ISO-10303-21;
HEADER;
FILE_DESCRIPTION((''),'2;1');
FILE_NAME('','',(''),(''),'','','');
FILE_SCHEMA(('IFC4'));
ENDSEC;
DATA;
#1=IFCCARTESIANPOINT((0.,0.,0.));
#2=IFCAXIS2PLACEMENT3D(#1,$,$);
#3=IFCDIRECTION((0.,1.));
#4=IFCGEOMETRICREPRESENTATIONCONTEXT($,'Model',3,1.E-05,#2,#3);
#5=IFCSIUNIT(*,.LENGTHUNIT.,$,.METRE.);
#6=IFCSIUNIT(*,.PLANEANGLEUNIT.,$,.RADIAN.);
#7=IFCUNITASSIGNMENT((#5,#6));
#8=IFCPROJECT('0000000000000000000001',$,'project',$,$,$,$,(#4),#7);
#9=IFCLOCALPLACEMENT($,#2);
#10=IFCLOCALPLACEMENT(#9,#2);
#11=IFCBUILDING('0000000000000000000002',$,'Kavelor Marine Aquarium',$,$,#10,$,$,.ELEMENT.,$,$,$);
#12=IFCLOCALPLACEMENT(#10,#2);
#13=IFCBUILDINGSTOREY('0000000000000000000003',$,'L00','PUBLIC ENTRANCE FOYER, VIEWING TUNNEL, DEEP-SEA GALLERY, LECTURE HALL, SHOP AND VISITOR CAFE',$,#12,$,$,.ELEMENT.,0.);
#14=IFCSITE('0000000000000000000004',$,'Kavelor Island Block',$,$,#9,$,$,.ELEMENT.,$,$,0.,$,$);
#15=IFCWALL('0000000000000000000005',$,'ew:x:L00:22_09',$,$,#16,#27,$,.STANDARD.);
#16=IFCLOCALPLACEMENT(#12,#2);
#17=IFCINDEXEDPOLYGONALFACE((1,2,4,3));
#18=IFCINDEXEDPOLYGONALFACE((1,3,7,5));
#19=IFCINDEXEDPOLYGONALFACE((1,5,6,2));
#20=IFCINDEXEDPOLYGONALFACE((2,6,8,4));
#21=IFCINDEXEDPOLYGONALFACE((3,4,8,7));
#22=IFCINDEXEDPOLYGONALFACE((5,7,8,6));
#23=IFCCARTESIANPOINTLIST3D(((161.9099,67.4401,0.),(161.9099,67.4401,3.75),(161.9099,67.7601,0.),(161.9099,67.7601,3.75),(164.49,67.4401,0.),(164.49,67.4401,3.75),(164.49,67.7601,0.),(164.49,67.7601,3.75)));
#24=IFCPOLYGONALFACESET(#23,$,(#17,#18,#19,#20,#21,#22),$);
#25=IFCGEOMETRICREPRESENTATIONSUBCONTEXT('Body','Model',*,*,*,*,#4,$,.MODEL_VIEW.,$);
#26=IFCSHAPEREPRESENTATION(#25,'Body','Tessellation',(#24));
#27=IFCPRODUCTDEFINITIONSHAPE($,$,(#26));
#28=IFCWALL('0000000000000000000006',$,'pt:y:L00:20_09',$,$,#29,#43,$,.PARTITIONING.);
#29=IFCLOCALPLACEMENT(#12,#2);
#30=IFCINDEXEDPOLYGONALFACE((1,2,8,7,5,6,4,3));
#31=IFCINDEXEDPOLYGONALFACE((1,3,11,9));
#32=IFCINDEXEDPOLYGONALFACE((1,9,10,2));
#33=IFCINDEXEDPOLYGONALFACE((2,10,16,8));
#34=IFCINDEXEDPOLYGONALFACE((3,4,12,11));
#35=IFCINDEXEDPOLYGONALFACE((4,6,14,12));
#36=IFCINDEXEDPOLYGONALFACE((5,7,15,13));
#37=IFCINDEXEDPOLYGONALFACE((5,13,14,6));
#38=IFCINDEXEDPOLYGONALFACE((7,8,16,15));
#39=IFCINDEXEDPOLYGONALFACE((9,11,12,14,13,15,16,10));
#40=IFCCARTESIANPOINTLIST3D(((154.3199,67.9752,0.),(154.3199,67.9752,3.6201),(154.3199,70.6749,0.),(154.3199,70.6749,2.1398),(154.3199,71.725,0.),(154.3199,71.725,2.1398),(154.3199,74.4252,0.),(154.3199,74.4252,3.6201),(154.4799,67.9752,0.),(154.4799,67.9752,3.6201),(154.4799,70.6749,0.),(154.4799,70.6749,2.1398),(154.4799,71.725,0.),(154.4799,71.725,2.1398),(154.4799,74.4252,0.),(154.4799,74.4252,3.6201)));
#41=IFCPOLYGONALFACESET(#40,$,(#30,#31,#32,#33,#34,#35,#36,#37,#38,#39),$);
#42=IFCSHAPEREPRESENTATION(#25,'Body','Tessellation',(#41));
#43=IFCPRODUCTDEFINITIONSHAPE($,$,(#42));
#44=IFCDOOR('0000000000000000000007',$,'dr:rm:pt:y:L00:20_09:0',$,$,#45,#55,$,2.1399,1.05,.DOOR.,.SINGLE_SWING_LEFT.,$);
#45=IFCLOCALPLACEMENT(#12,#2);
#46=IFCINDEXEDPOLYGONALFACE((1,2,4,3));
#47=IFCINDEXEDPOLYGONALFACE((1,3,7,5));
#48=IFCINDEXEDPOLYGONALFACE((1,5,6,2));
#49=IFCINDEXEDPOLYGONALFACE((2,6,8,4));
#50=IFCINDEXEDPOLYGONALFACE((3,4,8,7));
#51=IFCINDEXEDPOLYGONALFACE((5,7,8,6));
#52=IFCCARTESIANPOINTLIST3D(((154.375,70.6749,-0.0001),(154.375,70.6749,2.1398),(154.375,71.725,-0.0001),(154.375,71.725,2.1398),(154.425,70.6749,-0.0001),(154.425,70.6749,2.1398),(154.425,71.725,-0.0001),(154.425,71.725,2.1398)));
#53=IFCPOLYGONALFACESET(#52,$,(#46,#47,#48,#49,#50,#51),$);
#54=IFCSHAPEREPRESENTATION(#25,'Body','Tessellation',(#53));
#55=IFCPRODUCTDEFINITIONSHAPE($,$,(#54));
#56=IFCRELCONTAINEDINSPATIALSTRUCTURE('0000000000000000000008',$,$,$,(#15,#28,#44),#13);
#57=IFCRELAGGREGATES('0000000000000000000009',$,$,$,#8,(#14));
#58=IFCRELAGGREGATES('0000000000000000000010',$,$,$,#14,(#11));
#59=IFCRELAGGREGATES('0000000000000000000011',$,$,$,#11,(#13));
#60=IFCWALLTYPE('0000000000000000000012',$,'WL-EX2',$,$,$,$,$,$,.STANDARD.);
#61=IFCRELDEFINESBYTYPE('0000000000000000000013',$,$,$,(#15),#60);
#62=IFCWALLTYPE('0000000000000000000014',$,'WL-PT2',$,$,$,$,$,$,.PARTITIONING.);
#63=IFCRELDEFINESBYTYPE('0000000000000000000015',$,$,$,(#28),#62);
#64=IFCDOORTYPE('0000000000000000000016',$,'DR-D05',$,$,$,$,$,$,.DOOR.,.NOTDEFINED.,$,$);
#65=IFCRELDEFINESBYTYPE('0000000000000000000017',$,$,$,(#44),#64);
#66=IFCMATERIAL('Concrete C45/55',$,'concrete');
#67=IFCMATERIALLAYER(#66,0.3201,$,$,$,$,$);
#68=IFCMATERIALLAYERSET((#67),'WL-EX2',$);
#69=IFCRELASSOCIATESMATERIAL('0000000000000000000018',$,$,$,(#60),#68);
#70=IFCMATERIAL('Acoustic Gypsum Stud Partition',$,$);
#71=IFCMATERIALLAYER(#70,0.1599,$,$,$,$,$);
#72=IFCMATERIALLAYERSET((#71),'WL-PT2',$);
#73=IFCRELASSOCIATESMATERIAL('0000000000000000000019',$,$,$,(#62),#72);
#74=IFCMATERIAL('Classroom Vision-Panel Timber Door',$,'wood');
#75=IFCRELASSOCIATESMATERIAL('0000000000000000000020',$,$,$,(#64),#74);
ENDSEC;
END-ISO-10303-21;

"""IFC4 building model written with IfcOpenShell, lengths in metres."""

from ifc_helpers import new_model, si_unit, direction, frame, frame_2d, origin, place, context, subcontext, project, spatial, rectangle, extrude, material, layer, layer_set, type_object, element, fill, save


model = new_model("IFC4")

# Units and contexts
model_context = context("Model", 3, precision=1e-05, world=origin(), true_north=direction((0.0, 1.0)))
body_context = subcontext(model_context, "Body", "Model", "MODEL_VIEW")
ifc_project = project(units=[si_unit("LENGTHUNIT", "METRE"), si_unit("PLANEANGLEUNIT", "RADIAN")], contexts=[model_context])

# Site, building, storey
site_placement = place(None, origin())
site = spatial("IfcSite", under=ifc_project, at=site_placement, Name="Kavelor Island Block", CompositionType="ELEMENT", RefElevation=0.0)
building_placement = place(site_placement, origin())
building = spatial("IfcBuilding", under=site, at=building_placement, Name="Kavelor Marine Aquarium", CompositionType="ELEMENT")
storey_placement = place(building_placement, origin())
storey = spatial("IfcBuildingStorey", under=building, at=storey_placement, Name="L00", Description="PUBLIC ENTRANCE FOYER, VIEWING TUNNEL, DEEP-SEA GALLERY, LECTURE HALL, SHOP AND VISITOR CAFE", CompositionType="ELEMENT", Elevation=0.0)

# Wall
ifc_material_1 = material(Name="Concrete C45/55", Category="concrete")
ifc_layer_1 = layer(ifc_material_1, 0.3201)
ifc_layer_set_1 = layer_set([ifc_layer_1], Name="WL-EX2")
wall_type_1 = type_object("IfcWallType", Name="WL-EX2", PredefinedType="STANDARD", material=ifc_layer_set_1)
wall_1_placement = place(storey_placement, frame((164.49, 67.6001, 0.0), z_axis=(0.0, 0.0, 1.0), x_axis=(-1.0, 0.0, 0.0)))
element("IfcWall", 1, at=wall_1_placement, inside=storey, type_object=wall_type_1, Name="ew:x:L00:22_09", PredefinedType="STANDARD", context=body_context, shape_type="SweptSolid", body=[
    extrude(rectangle(XDim=2.5801, YDim=0.3201, at=frame_2d((1.29, 0.0))), origin(), (0.0, 0.0, 1.0), 3.75),
])

# Wall, opening, door
ifc_material_2 = material(Name="Acoustic Gypsum Stud Partition")
ifc_layer_2 = layer(ifc_material_2, 0.1599)
ifc_layer_set_2 = layer_set([ifc_layer_2], Name="WL-PT2")
wall_type_2 = type_object("IfcWallType", Name="WL-PT2", PredefinedType="PARTITIONING", material=ifc_layer_set_2)
wall_2_placement = place(storey_placement, frame((154.3999, 67.9751, 0.0), z_axis=(0.0, 0.0, 1.0), x_axis=(0.0, 1.0, 0.0)))
wall_2 = element("IfcWall", 2, at=wall_2_placement, inside=storey, type_object=wall_type_2, Name="pt:y:L00:20_09", PredefinedType="PARTITIONING", context=body_context, shape_type="SweptSolid", body=[
    extrude(rectangle(XDim=6.45, YDim=0.1599, at=frame_2d((3.2251, 0.0))), origin(), (0.0, 0.0, 1.0), 3.6201),
])
opening_1_placement = place(wall_2_placement, frame((2.7, 0.0, 0.0)))
opening_1 = element("IfcOpeningElement", 3, at=opening_1_placement, cuts=wall_2, PredefinedType="OPENING", context=body_context, shape_type="SweptSolid", body=[
    extrude(rectangle(XDim=1.05, YDim=2.1399, at=frame_2d((0.5249, 1.0698))), frame((0.0, 0.0898, 0.0), z_axis=(0.0, -1.0, 0.0), x_axis=(1.0, 0.0, 0.0)), (0.0, 0.0, 1.0), 0.1799),
])
ifc_material_3 = material(Name="Classroom Vision-Panel Timber Door", Category="wood")
door_type = type_object("IfcDoorType", Name="DR-D05", OperationType="NOTDEFINED", PredefinedType="DOOR", material=ifc_material_3)
door_placement = place(opening_1_placement, origin())
door = element("IfcDoor", 4, at=door_placement, inside=storey, type_object=door_type, Name="dr:rm:pt:y:L00:20_09:0", OperationType="SINGLE_SWING_LEFT", OverallHeight=2.1399, OverallWidth=1.05, PredefinedType="DOOR", context=body_context, shape_type="SweptSolid", body=[
    extrude(rectangle(XDim=1.05, YDim=2.1399, at=frame_2d((0.5249, 1.0698))), frame((0.0, 0.0249, 0.0), z_axis=(0.0, -1.0, 0.0), x_axis=(1.0, 0.0, 0.0)), (0.0, 0.0, 1.0), 0.05),
])
fill(opening_1, door)

save(model, "model.ifc")
